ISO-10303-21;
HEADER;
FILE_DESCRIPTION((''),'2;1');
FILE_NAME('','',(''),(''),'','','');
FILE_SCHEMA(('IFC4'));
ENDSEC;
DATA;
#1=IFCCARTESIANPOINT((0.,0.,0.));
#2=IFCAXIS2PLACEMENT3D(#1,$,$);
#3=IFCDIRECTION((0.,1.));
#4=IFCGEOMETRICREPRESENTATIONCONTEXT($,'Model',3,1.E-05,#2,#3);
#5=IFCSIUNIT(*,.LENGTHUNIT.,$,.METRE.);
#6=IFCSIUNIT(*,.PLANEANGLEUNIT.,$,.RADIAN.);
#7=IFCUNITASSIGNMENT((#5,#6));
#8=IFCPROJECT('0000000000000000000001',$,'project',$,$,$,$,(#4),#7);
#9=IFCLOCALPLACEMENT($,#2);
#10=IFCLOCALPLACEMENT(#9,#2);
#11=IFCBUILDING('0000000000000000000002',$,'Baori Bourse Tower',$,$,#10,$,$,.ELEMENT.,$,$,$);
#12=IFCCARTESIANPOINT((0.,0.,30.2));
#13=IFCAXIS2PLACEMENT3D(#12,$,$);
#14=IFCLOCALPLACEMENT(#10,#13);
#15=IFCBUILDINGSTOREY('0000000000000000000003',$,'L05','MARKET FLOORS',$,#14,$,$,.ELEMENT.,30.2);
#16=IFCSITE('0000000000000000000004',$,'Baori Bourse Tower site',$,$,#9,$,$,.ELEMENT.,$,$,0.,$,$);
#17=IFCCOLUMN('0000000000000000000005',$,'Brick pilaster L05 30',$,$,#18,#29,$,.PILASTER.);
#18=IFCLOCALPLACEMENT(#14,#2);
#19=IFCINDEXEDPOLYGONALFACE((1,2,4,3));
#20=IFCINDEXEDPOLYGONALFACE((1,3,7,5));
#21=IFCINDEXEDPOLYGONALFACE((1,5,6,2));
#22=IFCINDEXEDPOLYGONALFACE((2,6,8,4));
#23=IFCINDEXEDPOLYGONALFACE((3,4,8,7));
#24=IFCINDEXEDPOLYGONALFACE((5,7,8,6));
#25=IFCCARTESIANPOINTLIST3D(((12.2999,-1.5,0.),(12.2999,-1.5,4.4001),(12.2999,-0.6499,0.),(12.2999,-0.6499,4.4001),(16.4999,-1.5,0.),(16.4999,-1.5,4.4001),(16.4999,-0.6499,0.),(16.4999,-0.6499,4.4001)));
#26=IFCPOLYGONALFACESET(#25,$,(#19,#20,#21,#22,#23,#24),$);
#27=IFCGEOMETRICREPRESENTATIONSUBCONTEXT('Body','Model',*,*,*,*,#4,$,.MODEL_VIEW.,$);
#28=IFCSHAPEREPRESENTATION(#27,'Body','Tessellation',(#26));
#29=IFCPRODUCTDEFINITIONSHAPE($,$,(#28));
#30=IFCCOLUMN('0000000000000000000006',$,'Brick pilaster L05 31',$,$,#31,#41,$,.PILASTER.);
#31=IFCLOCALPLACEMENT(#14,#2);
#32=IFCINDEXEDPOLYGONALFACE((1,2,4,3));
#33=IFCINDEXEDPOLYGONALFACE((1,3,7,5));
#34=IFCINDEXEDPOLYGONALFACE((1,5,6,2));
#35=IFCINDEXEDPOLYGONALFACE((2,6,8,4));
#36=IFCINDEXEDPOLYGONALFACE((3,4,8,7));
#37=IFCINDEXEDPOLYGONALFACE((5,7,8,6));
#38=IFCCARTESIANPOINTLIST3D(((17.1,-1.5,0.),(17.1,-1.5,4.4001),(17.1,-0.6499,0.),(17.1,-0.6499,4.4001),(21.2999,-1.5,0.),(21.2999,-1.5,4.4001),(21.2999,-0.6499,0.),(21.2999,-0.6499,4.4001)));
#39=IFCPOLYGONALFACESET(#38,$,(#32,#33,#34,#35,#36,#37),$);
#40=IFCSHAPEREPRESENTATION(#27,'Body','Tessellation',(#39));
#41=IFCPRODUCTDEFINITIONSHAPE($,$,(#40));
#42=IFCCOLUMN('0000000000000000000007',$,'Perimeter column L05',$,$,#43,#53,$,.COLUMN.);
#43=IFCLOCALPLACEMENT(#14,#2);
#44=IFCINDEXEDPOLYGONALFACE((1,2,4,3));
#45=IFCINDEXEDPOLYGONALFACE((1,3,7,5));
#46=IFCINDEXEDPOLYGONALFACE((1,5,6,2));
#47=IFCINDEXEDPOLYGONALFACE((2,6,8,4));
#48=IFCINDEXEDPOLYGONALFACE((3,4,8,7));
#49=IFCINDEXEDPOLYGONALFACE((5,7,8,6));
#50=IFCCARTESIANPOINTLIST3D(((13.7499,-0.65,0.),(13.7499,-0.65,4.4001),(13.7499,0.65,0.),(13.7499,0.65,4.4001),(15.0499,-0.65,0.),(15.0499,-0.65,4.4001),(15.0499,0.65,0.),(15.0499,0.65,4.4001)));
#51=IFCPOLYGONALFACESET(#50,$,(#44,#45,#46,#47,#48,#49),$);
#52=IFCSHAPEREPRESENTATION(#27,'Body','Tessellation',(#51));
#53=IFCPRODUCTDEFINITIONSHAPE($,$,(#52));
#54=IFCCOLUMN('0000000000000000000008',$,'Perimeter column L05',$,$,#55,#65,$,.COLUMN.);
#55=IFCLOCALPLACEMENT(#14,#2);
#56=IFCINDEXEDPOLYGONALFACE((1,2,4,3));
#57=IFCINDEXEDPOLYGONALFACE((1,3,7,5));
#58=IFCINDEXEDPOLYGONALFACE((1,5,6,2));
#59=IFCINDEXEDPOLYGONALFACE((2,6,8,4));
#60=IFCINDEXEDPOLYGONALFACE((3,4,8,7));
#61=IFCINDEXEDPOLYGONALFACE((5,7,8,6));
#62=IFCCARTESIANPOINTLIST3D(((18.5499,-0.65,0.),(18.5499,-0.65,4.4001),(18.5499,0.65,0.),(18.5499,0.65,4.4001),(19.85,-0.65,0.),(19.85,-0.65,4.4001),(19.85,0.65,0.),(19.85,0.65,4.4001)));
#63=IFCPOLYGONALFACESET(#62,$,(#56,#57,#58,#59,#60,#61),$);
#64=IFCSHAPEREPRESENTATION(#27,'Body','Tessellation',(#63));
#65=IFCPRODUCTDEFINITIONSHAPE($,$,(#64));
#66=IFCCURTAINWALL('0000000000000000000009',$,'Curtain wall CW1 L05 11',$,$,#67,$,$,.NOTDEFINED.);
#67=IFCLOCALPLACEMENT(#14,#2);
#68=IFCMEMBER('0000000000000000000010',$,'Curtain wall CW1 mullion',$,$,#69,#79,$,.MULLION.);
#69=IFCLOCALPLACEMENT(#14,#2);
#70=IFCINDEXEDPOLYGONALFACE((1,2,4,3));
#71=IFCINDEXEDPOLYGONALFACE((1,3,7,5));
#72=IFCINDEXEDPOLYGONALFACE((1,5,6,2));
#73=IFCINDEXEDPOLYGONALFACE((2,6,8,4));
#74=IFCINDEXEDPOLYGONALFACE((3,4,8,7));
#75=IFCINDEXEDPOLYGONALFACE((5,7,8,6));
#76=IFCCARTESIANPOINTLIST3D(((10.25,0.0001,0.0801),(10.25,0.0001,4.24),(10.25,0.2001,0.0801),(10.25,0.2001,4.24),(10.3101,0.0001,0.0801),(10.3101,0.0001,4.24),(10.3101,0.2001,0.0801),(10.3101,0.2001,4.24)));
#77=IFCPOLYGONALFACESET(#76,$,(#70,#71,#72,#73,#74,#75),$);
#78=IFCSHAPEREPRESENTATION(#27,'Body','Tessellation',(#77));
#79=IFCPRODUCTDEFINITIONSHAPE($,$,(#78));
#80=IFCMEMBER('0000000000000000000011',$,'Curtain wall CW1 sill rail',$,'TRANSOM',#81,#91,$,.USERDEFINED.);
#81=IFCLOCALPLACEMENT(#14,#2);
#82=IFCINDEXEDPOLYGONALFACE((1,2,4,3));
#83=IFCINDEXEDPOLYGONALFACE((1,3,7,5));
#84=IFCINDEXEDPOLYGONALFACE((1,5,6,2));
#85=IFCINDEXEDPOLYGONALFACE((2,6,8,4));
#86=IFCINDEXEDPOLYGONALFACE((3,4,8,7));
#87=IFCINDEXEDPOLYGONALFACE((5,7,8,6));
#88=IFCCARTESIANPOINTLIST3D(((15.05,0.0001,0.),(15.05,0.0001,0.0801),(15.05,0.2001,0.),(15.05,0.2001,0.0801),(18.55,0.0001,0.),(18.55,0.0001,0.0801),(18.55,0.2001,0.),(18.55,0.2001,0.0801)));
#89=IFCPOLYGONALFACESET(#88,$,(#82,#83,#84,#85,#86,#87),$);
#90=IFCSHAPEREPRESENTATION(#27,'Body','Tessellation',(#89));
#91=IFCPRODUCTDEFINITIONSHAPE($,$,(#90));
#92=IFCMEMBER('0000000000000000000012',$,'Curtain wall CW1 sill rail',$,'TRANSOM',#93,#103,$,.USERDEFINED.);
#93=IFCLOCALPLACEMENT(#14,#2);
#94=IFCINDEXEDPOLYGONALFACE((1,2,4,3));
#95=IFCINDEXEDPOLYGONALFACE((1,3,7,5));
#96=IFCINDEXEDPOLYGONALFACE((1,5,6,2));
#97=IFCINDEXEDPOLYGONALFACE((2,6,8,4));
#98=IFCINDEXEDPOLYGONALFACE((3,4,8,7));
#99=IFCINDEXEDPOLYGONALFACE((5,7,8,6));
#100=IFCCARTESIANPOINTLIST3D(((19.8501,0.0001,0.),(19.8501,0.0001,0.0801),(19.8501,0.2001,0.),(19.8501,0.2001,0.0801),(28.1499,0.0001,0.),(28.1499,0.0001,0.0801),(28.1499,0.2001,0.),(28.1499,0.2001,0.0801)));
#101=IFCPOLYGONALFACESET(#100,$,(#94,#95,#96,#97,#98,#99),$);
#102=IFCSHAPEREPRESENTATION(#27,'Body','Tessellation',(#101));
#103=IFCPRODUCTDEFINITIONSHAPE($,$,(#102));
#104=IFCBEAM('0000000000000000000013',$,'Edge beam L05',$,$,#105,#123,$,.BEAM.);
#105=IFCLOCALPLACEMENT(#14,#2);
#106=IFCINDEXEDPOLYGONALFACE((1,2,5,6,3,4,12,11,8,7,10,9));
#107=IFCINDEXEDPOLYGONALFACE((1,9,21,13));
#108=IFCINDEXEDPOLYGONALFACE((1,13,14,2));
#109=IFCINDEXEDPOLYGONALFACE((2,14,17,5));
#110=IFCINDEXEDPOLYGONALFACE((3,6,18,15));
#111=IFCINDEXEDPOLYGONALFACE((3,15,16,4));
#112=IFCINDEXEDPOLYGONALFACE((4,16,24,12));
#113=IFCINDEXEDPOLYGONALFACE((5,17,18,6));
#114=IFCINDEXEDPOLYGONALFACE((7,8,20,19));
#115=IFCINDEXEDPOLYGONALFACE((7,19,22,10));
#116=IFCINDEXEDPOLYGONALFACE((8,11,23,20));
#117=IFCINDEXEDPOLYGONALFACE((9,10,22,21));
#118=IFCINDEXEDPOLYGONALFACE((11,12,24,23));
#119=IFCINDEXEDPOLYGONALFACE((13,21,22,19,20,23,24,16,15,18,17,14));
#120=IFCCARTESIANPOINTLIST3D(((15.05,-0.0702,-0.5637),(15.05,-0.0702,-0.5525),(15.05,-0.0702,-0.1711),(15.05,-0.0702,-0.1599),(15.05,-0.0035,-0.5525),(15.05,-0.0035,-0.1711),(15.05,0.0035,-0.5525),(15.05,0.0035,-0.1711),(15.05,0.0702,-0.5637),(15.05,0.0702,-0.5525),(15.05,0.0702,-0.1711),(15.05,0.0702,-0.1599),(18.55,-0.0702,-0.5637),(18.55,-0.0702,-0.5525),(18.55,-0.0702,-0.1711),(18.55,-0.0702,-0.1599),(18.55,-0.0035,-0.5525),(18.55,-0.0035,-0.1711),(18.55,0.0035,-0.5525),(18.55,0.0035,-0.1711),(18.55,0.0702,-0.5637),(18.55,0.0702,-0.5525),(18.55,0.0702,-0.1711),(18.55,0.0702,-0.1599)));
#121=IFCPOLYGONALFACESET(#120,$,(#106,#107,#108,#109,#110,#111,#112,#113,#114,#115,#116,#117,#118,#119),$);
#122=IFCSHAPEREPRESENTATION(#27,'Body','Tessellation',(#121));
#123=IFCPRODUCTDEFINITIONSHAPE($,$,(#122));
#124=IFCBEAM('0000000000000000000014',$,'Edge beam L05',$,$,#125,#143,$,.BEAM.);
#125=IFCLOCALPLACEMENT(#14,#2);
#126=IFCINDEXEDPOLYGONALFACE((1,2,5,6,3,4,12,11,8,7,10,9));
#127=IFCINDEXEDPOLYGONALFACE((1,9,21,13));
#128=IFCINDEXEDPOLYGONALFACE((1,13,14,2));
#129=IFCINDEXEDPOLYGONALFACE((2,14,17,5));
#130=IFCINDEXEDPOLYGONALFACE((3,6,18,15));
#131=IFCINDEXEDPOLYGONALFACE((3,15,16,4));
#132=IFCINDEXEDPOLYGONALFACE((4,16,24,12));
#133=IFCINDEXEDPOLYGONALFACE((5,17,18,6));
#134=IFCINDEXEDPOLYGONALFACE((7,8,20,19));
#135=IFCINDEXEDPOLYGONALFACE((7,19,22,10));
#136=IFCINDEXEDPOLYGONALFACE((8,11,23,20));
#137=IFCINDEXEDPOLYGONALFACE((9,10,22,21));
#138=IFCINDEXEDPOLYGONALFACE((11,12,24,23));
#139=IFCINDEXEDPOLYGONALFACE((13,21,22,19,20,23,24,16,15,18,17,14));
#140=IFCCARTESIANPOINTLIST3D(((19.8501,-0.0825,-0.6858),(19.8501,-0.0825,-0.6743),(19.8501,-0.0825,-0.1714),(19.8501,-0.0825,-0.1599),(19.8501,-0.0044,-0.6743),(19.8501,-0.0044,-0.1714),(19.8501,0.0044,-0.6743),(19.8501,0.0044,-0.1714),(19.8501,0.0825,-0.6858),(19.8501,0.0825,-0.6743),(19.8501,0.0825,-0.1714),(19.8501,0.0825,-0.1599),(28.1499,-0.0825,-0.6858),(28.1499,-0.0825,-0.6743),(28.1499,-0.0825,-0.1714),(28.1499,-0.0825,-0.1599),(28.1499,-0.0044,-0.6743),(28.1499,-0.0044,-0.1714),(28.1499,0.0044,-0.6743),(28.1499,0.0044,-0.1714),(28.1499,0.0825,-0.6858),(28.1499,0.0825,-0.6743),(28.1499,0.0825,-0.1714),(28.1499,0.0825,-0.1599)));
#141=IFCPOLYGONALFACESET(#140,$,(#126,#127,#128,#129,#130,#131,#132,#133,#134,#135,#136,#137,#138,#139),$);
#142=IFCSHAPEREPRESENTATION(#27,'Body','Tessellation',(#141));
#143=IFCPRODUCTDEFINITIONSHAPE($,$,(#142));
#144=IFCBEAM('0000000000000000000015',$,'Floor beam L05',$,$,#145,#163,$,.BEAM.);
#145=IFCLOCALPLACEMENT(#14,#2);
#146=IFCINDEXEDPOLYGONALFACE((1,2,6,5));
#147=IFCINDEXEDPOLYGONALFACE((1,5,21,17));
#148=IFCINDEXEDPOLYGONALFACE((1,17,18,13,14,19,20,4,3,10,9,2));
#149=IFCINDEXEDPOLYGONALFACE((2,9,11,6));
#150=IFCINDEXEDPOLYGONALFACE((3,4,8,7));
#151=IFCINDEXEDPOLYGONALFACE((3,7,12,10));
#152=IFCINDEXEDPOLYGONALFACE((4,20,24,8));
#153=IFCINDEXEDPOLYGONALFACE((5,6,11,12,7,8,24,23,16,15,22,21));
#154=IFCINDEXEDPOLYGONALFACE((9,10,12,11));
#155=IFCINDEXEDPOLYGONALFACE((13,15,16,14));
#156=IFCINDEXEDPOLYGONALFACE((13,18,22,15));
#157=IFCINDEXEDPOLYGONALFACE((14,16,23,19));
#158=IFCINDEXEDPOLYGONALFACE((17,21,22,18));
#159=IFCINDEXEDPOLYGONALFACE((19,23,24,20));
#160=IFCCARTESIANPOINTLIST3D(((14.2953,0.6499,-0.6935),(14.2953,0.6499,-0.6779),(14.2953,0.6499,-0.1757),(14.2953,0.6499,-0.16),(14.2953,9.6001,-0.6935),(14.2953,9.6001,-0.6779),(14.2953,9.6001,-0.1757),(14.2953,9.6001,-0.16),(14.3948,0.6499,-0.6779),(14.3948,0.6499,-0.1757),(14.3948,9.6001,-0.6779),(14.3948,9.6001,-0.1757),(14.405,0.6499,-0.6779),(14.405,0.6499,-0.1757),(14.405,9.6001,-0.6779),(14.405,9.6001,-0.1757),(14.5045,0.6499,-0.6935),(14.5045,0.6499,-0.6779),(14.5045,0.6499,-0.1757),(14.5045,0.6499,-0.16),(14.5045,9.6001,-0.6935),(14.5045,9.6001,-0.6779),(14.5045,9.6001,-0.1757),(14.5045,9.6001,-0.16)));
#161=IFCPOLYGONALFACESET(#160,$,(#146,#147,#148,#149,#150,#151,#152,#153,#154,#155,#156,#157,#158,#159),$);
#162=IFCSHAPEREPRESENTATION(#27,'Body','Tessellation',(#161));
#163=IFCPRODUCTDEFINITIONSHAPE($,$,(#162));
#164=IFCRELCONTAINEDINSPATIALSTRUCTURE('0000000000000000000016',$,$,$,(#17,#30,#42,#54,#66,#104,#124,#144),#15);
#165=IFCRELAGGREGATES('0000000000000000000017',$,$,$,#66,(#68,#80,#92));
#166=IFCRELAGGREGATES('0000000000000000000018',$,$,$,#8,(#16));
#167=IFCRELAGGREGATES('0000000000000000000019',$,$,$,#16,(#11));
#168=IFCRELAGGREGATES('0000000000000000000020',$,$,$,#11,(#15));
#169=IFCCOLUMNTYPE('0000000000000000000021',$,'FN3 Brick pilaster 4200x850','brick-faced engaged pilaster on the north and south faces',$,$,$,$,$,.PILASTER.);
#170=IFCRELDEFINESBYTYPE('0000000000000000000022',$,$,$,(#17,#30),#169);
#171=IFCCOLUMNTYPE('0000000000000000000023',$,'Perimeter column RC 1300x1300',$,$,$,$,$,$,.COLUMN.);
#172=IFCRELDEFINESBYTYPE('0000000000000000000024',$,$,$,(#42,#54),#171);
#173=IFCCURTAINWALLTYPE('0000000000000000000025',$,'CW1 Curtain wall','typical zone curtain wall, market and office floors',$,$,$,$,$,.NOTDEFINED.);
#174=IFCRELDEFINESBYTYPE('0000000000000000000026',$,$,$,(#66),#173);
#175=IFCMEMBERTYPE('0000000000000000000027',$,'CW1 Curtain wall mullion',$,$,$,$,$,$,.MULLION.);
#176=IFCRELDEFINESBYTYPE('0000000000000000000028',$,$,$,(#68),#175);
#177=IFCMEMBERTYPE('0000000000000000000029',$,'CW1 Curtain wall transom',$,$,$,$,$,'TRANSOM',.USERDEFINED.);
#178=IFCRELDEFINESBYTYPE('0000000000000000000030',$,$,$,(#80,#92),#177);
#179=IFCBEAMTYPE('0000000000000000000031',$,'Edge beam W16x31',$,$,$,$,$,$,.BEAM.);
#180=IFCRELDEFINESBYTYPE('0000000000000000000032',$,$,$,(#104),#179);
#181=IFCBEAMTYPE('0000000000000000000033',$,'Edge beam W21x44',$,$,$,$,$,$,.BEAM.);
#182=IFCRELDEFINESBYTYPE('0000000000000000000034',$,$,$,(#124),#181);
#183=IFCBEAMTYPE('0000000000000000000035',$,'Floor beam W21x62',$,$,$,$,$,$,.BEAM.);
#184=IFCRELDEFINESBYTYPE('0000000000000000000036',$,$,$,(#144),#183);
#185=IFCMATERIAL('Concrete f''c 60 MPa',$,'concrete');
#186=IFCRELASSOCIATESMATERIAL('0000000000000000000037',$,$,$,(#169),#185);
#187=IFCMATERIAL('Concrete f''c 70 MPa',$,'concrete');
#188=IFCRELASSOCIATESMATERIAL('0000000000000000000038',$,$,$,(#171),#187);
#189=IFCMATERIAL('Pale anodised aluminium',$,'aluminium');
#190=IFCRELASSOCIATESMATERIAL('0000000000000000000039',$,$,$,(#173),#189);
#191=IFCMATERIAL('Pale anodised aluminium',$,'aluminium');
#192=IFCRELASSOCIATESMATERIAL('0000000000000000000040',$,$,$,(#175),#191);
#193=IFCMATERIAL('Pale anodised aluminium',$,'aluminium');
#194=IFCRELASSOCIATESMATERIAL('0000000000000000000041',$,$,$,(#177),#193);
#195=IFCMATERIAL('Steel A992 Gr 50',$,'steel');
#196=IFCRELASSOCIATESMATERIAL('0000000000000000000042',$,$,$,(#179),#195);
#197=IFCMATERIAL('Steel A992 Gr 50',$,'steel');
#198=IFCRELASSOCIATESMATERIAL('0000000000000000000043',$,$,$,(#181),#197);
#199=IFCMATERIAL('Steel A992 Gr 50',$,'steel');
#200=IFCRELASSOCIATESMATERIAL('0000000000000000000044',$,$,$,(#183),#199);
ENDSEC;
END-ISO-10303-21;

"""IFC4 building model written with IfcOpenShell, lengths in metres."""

from ifc_helpers import new_model, si_unit, direction, frame, origin, origin_2d, place, context, subcontext, project, spatial, rectangle, i_section, extrude, material, material_profile, profile_set, type_object, element, aggregate, save


model = new_model("IFC4")

# Units and contexts
model_context = context("Model", 3, precision=1e-05, world=origin(), true_north=direction((0.0, 1.0)))
body_context = subcontext(model_context, "Body", "Model", "MODEL_VIEW")
ifc_project = project(units=[si_unit("LENGTHUNIT", "METRE"), si_unit("PLANEANGLEUNIT", "RADIAN")], contexts=[model_context])

# Site, building, storey
site_placement = place(None, origin())
site = spatial("IfcSite", under=ifc_project, at=site_placement, Name="Baori Bourse Tower site", CompositionType="ELEMENT", RefElevation=0.0)
building_placement = place(site_placement, origin())
building = spatial("IfcBuilding", under=site, at=building_placement, Name="Baori Bourse Tower", CompositionType="ELEMENT")
storey_placement = place(building_placement, frame((0.0, 0.0, 30.2)))
storey = spatial("IfcBuildingStorey", under=building, at=storey_placement, Name="L05", Description="MARKET FLOORS", CompositionType="ELEMENT", Elevation=30.2)

# Columns
ifc_material_1 = material(Name="Concrete f'c 60 MPa", Category="concrete")
ifc_material_profile_1 = material_profile(ifc_material_1, rectangle(XDim=4.2, YDim=0.8501, at=origin_2d()), Name="RC 4200x850")
ifc_profile_set_1 = profile_set([ifc_material_profile_1], Name="Concrete f'c 60 MPa")
column_type_1 = type_object("IfcColumnType", Name="FN3 Brick pilaster 4200x850", Description="brick-faced engaged pilaster on the north and south faces", PredefinedType="PILASTER", material=ifc_profile_set_1)
for number, where, z_axis, x_axis, name in (
    (1, (14.3999, -1.075, 0.0), (0.0, 0.0, 1.0), (1.0, 0.0, 0.0), "Brick pilaster L05 30"),
    (2, (19.2, -1.075, 0.0), (0.0, 0.0, 1.0), (1.0, 0.0, 0.0), "Brick pilaster L05 31"),
):
    element("IfcColumn", number, at=place(storey_placement, frame(where, z_axis=z_axis, x_axis=x_axis)), inside=storey, type_object=column_type_1, Name=name, PredefinedType="PILASTER", context=body_context, shape_type="SweptSolid", body=[
        extrude(rectangle(XDim=4.2, YDim=0.8501, at=origin_2d()), origin(), (0.0, 0.0, 1.0), 4.4001),
    ])
ifc_material_2 = material(Name="Concrete f'c 70 MPa", Category="concrete")
ifc_material_profile_2 = material_profile(ifc_material_2, rectangle(XDim=1.3, YDim=1.3, at=origin_2d()), Name="RC 1300x1300")
ifc_profile_set_2 = profile_set([ifc_material_profile_2], Name="Concrete f'c 70 MPa")
column_type_2 = type_object("IfcColumnType", Name="Perimeter column RC 1300x1300", PredefinedType="COLUMN", material=ifc_profile_set_2)
for number, where, z_axis, x_axis, name in (
    (3, (14.3999, 0.0, 0.0), (0.0, 0.0, 1.0), (1.0, 0.0, 0.0), "Perimeter column L05"),
    (4, (19.2, 0.0, 0.0), (0.0, 0.0, 1.0), (1.0, 0.0, 0.0), "Perimeter column L05"),
):
    element("IfcColumn", number, at=place(storey_placement, frame(where, z_axis=z_axis, x_axis=x_axis)), inside=storey, type_object=column_type_2, Name=name, PredefinedType="COLUMN", context=body_context, shape_type="SweptSolid", body=[
        extrude(rectangle(XDim=1.3, YDim=1.3, at=origin_2d()), origin(), (0.0, 0.0, 1.0), 4.4001),
    ])

# Curtain wall, members
ifc_material_3 = material(Name="Pale anodised aluminium", Category="aluminium")
curtain_wall_type = type_object("IfcCurtainWallType", Name="CW1 Curtain wall", Description="typical zone curtain wall, market and office floors", PredefinedType="NOTDEFINED", material=ifc_material_3)
curtain_wall_placement = place(storey_placement, origin())
curtain_wall = element("IfcCurtainWall", 5, at=curtain_wall_placement, inside=storey, type_object=curtain_wall_type, Name="Curtain wall CW1 L05 11", PredefinedType="NOTDEFINED")
ifc_material_4 = material(Name="Pale anodised aluminium", Category="aluminium")
ifc_material_profile_3 = material_profile(ifc_material_4, rectangle(XDim=0.2, YDim=0.0601, at=origin_2d()), Name="Mullion 60x200")
ifc_profile_set_3 = profile_set([ifc_material_profile_3], Name="Pale anodised aluminium")
member_type_1 = type_object("IfcMemberType", Name="CW1 Curtain wall mullion", PredefinedType="MULLION", material=ifc_profile_set_3)
member_1_placement = place(storey_placement, frame((10.28, 0.1001, 0.0801), z_axis=(0.0, 0.0, 1.0), x_axis=(0.0, 1.0, 0.0)))
member_1 = element("IfcMember", 6, at=member_1_placement, type_object=member_type_1, Name="Curtain wall CW1 mullion", PredefinedType="MULLION", context=body_context, shape_type="SweptSolid", body=[
    extrude(rectangle(XDim=0.2, YDim=0.0601, at=origin_2d()), origin(), (0.0, 0.0, 1.0), 4.1599),
])
ifc_material_5 = material(Name="Pale anodised aluminium", Category="aluminium")
ifc_material_profile_4 = material_profile(ifc_material_5, rectangle(XDim=0.2, YDim=0.0801, at=origin_2d()), Name="Transom 80x200")
ifc_profile_set_4 = profile_set([ifc_material_profile_4], Name="Pale anodised aluminium")
member_type_2 = type_object("IfcMemberType", Name="CW1 Curtain wall transom", ElementType="TRANSOM", PredefinedType="USERDEFINED", material=ifc_profile_set_4)
member_2_placement = place(storey_placement, frame((15.05, 0.1001, 0.04), z_axis=(1.0, 0.0, 0.0), x_axis=(0.0, 1.0, 0.0)))
member_2 = element("IfcMember", 7, at=member_2_placement, type_object=member_type_2, Name="Curtain wall CW1 sill rail", ObjectType="TRANSOM", PredefinedType="USERDEFINED", context=body_context, shape_type="SweptSolid", body=[
    extrude(rectangle(XDim=0.2, YDim=0.0801, at=origin_2d()), origin(), (0.0, 0.0, 1.0), 3.5),
])
member_3_placement = place(storey_placement, frame((19.8501, 0.1001, 0.04), z_axis=(1.0, 0.0, 0.0), x_axis=(0.0, 1.0, 0.0)))
member_3 = element("IfcMember", 8, at=member_3_placement, type_object=member_type_2, Name="Curtain wall CW1 sill rail", ObjectType="TRANSOM", PredefinedType="USERDEFINED", context=body_context, shape_type="SweptSolid", body=[
    extrude(rectangle(XDim=0.2, YDim=0.0801, at=origin_2d()), origin(), (0.0, 0.0, 1.0), 8.2998),
])

# Beams
ifc_material_6 = material(Name="Steel A992 Gr 50", Category="steel")
ifc_material_profile_5 = material_profile(ifc_material_6, i_section(OverallWidth=0.1404, OverallDepth=0.4038, WebThickness=0.0071, FlangeThickness=0.0112, at=origin_2d()), Name="W16x31")
ifc_profile_set_5 = profile_set([ifc_material_profile_5], Name="Steel A992 Gr 50")
beam_type_1 = type_object("IfcBeamType", Name="Edge beam W16x31", PredefinedType="BEAM", material=ifc_profile_set_5)
beam_1_placement = place(storey_placement, frame((15.05, 0.0, -0.3618), z_axis=(1.0, 0.0, 0.0), x_axis=(0.0, 1.0, 0.0)))
element("IfcBeam", 9, at=beam_1_placement, inside=storey, type_object=beam_type_1, Name="Edge beam L05", PredefinedType="BEAM", context=body_context, shape_type="SweptSolid", body=[
    extrude(i_section(OverallWidth=0.1404, OverallDepth=0.4038, WebThickness=0.0071, FlangeThickness=0.0112, at=origin_2d()), origin(), (0.0, 0.0, 1.0), 3.5),
])
ifc_material_7 = material(Name="Steel A992 Gr 50", Category="steel")
ifc_material_profile_6 = material_profile(ifc_material_7, i_section(OverallWidth=0.165, OverallDepth=0.5259, WebThickness=0.0088, FlangeThickness=0.0115, at=origin_2d()), Name="W21x44")
ifc_profile_set_6 = profile_set([ifc_material_profile_6], Name="Steel A992 Gr 50")
beam_type_2 = type_object("IfcBeamType", Name="Edge beam W21x44", PredefinedType="BEAM", material=ifc_profile_set_6)
beam_2_placement = place(storey_placement, frame((19.8501, 0.0, -0.4229), z_axis=(1.0, 0.0, 0.0), x_axis=(0.0, 1.0, 0.0)))
element("IfcBeam", 10, at=beam_2_placement, inside=storey, type_object=beam_type_2, Name="Edge beam L05", PredefinedType="BEAM", context=body_context, shape_type="SweptSolid", body=[
    extrude(i_section(OverallWidth=0.165, OverallDepth=0.5259, WebThickness=0.0088, FlangeThickness=0.0115, at=origin_2d()), origin(), (0.0, 0.0, 1.0), 8.2998),
])
ifc_material_8 = material(Name="Steel A992 Gr 50", Category="steel")
ifc_material_profile_7 = material_profile(ifc_material_8, i_section(OverallWidth=0.2092, OverallDepth=0.5334, WebThickness=0.0103, FlangeThickness=0.0156, at=origin_2d()), Name="W21x62")
ifc_profile_set_7 = profile_set([ifc_material_profile_7], Name="Steel A992 Gr 50")
beam_type_3 = type_object("IfcBeamType", Name="Floor beam W21x62", PredefinedType="BEAM", material=ifc_profile_set_7)
beam_3_placement = place(storey_placement, frame((14.3999, 0.6499, -0.4268), z_axis=(0.0, 1.0, 0.0), x_axis=(-1.0, 0.0, 0.0)))
element("IfcBeam", 11, at=beam_3_placement, inside=storey, type_object=beam_type_3, Name="Floor beam L05", PredefinedType="BEAM", context=body_context, shape_type="SweptSolid", body=[
    extrude(i_section(OverallWidth=0.2092, OverallDepth=0.5334, WebThickness=0.0103, FlangeThickness=0.0156, at=origin_2d()), origin(), (0.0, 0.0, 1.0), 8.9502),
])

aggregate(curtain_wall, [member_1, member_2, member_3])

save(model, "model.ifc")
